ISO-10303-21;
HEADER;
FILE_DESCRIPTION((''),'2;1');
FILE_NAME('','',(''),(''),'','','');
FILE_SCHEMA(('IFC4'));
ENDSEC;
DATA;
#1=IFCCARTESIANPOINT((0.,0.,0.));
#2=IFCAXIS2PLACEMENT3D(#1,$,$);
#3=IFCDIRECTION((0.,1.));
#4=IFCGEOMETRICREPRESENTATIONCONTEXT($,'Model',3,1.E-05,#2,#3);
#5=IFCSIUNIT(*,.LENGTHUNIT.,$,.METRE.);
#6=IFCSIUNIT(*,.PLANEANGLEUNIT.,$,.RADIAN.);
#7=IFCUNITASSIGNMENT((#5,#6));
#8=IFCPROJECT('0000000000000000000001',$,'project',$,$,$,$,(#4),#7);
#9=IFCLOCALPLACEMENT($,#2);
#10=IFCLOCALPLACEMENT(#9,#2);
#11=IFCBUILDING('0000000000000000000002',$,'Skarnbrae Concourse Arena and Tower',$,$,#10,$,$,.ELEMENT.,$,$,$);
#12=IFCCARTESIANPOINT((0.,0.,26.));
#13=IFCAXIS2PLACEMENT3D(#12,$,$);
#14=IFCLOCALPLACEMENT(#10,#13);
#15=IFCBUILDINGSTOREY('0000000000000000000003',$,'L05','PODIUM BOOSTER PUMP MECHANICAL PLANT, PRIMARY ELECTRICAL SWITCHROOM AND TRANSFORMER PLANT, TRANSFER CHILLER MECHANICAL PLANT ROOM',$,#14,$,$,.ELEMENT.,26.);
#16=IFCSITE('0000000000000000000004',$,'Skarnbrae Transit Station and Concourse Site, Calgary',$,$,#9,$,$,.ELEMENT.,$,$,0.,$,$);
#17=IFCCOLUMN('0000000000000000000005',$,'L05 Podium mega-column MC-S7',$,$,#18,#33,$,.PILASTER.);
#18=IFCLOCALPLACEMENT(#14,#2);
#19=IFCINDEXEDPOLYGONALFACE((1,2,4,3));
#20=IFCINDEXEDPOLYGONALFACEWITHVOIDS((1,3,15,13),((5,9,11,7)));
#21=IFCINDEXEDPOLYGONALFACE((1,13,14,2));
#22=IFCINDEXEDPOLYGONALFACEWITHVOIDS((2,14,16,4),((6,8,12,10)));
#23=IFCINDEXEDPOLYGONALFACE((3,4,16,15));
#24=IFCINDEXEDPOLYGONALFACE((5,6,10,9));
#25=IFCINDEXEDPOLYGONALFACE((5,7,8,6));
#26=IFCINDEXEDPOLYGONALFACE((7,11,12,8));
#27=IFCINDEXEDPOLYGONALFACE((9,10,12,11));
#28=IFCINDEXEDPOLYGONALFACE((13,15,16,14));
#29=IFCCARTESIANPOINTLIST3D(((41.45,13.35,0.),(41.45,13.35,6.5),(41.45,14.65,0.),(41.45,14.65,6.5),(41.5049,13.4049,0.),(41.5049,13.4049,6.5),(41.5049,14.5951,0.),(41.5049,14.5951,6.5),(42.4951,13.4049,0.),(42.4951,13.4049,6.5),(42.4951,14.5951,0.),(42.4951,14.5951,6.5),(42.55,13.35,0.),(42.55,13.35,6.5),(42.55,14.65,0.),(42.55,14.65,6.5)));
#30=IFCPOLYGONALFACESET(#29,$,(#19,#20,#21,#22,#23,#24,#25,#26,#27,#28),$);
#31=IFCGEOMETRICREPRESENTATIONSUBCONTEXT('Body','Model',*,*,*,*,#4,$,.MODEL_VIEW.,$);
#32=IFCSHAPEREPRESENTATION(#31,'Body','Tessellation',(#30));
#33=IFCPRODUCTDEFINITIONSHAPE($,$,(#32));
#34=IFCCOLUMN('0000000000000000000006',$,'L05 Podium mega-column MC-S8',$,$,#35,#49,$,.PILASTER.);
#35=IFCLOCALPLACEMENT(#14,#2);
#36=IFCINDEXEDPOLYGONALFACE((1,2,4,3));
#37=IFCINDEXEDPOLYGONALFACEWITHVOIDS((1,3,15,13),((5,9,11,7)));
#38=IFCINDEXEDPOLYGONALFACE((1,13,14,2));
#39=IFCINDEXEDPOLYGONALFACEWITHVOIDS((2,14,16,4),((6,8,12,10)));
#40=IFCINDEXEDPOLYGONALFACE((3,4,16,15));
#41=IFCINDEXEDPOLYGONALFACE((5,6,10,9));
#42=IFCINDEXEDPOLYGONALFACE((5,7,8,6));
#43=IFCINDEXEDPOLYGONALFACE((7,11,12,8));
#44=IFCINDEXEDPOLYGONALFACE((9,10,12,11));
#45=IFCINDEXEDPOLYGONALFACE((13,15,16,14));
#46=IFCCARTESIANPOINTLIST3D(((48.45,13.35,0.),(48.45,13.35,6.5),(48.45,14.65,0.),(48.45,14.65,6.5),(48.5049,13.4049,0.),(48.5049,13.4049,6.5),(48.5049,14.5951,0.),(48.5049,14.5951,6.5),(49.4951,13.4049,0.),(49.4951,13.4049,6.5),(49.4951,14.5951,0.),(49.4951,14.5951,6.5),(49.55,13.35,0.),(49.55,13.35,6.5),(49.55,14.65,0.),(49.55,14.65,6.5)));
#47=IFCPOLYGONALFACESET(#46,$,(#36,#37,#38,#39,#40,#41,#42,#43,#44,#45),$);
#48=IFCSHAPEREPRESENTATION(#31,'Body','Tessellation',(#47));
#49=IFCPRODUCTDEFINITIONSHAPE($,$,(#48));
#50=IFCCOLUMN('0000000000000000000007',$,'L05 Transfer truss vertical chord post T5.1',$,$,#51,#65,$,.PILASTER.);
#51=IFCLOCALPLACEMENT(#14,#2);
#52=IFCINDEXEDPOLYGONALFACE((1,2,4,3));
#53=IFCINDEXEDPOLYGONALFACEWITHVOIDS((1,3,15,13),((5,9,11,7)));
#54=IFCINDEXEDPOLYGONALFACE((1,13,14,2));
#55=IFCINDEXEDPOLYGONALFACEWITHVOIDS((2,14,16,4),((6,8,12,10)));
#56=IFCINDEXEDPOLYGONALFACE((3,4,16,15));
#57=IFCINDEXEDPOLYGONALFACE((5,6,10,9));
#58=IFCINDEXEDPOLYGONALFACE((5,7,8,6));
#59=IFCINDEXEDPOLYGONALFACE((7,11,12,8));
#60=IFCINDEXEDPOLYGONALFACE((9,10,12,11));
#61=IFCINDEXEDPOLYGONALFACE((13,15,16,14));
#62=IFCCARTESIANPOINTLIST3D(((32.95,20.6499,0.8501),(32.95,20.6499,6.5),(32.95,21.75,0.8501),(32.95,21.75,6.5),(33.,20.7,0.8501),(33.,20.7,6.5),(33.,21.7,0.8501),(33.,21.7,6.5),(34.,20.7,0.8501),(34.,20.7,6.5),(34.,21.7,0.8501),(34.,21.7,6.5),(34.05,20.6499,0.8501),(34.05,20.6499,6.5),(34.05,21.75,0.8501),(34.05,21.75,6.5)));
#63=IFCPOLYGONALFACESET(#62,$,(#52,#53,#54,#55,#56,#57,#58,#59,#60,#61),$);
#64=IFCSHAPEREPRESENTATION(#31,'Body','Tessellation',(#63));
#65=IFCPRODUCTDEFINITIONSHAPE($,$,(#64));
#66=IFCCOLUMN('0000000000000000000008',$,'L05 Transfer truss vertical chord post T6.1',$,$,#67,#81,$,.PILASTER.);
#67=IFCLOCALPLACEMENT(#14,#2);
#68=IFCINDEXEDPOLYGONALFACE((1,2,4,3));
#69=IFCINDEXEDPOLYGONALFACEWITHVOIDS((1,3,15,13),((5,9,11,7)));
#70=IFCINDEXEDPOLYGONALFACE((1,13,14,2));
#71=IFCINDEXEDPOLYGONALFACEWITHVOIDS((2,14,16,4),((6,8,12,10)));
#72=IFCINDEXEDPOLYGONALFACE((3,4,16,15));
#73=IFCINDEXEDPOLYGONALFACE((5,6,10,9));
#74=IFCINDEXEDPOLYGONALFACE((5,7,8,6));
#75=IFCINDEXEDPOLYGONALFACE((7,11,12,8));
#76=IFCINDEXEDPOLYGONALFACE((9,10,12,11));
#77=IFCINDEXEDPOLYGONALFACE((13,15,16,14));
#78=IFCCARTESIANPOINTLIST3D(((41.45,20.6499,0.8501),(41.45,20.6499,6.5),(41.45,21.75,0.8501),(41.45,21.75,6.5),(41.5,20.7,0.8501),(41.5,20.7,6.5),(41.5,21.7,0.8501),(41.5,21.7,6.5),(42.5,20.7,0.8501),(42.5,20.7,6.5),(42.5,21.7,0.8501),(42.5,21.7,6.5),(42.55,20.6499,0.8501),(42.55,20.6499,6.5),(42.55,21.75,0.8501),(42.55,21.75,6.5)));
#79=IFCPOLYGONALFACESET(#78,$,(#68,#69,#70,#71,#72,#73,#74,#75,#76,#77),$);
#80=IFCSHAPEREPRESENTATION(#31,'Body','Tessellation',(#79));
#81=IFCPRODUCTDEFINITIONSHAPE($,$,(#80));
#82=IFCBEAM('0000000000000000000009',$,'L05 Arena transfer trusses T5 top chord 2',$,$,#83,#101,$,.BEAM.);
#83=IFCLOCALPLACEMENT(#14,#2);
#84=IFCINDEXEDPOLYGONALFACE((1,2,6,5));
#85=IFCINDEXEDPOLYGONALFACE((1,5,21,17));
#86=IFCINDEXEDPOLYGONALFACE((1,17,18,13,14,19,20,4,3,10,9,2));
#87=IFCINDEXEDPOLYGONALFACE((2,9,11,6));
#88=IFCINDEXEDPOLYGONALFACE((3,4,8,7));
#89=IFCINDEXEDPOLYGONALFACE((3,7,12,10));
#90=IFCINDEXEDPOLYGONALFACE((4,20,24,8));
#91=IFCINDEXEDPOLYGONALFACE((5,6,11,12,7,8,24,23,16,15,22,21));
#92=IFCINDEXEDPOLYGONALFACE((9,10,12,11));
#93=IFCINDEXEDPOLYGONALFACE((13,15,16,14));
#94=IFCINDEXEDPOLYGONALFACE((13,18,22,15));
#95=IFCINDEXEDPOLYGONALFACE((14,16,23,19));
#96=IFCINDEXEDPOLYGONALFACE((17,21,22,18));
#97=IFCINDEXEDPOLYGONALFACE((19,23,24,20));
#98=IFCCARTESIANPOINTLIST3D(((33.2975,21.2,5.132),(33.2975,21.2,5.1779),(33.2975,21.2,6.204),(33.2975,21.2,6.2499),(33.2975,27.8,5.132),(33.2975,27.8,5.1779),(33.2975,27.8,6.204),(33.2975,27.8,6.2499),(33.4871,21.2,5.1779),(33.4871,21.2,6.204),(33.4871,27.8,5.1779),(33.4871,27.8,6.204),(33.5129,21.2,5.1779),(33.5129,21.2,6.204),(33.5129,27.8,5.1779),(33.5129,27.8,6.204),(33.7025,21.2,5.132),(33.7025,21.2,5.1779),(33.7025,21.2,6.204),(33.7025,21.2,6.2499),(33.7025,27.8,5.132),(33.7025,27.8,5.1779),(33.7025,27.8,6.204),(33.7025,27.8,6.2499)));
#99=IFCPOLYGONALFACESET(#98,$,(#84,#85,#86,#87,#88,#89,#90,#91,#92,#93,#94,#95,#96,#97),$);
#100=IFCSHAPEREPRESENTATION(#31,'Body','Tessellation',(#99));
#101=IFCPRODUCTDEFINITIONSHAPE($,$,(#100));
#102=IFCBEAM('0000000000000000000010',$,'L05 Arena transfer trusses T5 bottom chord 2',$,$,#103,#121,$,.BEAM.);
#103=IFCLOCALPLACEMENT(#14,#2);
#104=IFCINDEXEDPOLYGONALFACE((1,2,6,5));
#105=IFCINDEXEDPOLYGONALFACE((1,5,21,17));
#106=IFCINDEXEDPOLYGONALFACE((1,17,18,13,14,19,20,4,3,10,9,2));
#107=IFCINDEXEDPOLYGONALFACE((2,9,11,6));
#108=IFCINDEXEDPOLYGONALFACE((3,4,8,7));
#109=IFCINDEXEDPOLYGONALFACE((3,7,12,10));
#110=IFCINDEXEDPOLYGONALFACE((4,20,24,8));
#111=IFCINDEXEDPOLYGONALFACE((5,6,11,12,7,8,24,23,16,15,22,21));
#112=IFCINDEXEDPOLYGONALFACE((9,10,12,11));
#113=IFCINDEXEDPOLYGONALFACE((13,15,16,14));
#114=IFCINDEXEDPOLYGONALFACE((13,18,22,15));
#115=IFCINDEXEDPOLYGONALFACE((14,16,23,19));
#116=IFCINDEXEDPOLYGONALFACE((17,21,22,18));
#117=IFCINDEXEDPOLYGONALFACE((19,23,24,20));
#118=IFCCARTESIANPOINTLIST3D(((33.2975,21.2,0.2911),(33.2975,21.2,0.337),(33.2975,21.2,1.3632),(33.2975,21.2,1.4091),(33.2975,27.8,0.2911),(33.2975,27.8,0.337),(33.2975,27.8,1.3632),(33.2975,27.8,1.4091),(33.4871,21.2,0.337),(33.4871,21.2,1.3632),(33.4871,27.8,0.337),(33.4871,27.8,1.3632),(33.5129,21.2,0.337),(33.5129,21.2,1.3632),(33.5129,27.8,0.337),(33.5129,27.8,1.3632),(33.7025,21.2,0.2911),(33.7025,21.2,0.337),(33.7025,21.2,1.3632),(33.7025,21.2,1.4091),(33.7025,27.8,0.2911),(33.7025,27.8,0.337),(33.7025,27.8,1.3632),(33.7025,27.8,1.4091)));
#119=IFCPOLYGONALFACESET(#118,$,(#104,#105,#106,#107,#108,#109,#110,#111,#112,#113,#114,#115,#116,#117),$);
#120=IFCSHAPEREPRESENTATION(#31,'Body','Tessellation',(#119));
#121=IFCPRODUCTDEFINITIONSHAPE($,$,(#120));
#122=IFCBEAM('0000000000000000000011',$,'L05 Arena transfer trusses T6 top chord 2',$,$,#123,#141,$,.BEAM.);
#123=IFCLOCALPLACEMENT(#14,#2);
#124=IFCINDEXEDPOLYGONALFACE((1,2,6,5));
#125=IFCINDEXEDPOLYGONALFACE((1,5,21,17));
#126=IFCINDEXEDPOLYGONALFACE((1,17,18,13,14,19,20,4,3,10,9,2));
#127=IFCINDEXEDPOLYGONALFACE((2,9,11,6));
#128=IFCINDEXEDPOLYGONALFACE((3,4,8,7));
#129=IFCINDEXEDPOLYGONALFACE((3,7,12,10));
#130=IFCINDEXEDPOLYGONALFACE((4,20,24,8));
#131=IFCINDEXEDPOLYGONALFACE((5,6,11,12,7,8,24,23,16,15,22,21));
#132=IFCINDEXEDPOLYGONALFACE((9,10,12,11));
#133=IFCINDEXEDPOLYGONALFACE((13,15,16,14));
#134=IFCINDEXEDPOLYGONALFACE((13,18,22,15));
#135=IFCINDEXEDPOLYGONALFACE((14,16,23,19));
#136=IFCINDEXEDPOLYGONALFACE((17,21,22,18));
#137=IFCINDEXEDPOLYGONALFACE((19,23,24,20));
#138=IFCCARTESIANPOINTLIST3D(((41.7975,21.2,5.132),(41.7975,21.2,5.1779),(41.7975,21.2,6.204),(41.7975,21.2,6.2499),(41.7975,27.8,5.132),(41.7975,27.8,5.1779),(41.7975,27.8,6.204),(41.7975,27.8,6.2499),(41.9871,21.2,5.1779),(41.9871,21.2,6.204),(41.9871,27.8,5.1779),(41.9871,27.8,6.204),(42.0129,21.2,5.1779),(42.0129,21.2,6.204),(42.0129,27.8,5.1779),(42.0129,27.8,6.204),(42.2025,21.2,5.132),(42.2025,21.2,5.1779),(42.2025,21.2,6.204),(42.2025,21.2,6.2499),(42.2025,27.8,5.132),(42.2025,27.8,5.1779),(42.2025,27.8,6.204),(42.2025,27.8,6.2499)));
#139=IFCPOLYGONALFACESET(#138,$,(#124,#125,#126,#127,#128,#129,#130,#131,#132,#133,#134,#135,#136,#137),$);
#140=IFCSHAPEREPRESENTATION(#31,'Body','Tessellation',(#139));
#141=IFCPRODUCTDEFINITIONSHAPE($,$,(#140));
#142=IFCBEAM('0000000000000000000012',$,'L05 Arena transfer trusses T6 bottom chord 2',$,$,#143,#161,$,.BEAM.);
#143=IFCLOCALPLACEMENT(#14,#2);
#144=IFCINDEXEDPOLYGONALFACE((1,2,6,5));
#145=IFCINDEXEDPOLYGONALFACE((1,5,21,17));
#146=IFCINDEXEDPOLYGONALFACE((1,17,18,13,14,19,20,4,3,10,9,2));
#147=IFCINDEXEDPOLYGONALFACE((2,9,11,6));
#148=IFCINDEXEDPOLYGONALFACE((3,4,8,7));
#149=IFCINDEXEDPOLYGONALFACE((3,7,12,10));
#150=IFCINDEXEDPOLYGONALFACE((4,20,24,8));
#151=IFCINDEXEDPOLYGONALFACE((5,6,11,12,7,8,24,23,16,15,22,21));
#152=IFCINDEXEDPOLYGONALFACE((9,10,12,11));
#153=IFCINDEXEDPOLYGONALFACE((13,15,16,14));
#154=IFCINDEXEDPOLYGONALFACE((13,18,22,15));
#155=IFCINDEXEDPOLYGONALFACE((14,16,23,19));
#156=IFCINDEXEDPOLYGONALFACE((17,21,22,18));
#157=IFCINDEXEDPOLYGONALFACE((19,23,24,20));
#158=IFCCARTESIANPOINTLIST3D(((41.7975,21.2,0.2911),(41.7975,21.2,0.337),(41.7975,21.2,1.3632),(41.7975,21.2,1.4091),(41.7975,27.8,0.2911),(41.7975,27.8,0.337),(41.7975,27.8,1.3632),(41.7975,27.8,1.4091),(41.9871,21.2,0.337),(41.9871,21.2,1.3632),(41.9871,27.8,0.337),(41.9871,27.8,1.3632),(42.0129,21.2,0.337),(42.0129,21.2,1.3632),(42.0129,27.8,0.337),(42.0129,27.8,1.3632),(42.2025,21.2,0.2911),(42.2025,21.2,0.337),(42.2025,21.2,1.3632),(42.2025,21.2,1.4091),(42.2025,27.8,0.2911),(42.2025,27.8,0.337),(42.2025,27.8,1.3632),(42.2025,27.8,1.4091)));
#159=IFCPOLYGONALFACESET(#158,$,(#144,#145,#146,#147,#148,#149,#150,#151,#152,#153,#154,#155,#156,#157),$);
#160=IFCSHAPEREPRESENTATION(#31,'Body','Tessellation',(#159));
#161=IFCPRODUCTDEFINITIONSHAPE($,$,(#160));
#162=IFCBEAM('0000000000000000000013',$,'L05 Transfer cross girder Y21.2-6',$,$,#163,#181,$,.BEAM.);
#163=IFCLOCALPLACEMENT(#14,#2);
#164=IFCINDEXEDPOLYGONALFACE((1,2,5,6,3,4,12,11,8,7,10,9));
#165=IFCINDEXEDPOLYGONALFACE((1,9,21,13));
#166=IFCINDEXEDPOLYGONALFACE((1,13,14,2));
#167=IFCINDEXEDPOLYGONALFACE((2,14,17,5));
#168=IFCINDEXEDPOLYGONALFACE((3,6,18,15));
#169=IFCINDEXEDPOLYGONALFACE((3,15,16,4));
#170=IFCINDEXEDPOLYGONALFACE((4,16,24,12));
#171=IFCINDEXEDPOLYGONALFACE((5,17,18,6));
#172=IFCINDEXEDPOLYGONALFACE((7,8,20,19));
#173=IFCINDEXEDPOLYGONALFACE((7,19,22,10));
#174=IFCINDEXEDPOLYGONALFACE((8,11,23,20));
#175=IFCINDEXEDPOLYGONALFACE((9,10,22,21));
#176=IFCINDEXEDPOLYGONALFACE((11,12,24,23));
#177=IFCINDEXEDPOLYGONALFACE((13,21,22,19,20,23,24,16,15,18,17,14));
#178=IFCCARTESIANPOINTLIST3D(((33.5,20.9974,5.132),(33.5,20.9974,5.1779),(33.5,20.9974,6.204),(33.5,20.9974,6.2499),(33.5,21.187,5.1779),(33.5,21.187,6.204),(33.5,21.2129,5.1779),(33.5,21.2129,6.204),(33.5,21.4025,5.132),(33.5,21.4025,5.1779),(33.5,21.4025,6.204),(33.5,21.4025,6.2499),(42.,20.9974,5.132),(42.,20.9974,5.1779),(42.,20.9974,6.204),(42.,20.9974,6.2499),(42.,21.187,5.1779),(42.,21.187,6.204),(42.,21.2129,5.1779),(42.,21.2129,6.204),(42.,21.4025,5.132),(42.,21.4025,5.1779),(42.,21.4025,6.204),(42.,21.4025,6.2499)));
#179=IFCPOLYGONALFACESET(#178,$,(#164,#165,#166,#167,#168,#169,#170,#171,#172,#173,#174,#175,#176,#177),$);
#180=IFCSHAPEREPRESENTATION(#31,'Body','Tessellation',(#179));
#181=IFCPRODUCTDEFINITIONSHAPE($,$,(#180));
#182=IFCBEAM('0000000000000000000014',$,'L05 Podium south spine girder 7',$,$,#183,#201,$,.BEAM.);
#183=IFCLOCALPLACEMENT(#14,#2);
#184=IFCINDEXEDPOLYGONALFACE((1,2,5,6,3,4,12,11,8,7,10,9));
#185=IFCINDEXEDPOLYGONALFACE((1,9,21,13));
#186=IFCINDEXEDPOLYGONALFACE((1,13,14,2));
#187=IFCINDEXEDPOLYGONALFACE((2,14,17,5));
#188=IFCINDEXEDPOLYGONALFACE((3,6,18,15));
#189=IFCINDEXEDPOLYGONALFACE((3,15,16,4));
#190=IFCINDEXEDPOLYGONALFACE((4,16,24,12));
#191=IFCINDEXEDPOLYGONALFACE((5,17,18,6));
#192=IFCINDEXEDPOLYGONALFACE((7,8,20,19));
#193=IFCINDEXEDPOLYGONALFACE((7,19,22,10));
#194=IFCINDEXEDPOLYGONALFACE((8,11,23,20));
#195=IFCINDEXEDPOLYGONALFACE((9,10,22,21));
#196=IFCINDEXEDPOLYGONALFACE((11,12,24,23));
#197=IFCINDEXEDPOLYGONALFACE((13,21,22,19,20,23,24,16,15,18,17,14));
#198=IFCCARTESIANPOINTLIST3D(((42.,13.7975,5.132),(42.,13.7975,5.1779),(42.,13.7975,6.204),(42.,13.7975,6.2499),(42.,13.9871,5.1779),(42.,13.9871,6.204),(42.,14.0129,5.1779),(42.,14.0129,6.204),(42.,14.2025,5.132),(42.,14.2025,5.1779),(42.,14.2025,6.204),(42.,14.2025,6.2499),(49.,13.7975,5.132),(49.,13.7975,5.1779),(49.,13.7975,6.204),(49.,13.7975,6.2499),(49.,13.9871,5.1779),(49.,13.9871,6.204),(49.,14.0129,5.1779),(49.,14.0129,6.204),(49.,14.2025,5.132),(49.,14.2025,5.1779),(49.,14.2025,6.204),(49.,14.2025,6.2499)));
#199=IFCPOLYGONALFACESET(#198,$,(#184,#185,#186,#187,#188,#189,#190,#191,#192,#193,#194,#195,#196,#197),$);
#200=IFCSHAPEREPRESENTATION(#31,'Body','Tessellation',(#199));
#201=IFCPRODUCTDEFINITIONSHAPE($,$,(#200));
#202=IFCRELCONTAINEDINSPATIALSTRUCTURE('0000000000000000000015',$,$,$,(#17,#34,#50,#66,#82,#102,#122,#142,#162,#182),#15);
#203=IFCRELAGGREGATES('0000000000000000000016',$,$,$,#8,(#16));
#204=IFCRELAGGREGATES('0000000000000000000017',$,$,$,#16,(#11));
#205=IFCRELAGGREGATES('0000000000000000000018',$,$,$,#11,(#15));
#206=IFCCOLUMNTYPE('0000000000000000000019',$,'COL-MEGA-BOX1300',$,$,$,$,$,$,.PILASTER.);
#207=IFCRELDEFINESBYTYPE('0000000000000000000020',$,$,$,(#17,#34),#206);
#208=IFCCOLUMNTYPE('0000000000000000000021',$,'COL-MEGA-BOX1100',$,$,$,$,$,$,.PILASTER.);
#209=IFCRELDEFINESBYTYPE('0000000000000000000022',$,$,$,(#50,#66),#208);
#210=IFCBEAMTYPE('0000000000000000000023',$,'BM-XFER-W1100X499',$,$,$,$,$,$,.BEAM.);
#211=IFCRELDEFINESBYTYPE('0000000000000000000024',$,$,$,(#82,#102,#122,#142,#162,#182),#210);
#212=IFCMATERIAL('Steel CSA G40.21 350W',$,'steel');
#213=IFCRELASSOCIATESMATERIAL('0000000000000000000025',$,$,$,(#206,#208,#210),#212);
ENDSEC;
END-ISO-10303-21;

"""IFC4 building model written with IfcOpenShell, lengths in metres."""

from ifc_helpers import new_model, si_unit, direction, frame, origin, origin_2d, place, context, subcontext, project, spatial, hollow_rectangle, i_section, extrude, source, transform, mapped, material, material_profile, profile_set, type_object, element, save


model = new_model("IFC4")

# Units and contexts
model_context = context("Model", 3, precision=1e-05, world=origin(), true_north=direction((0.0, 1.0)))
body_context = subcontext(model_context, "Body", "Model", "MODEL_VIEW")
ifc_project = project(units=[si_unit("LENGTHUNIT", "METRE"), si_unit("PLANEANGLEUNIT", "RADIAN")], contexts=[model_context])

# Site, building, storey
site_placement = place(None, origin())
site = spatial("IfcSite", under=ifc_project, at=site_placement, Name="Skarnbrae Transit Station and Concourse Site, Calgary", CompositionType="ELEMENT", RefElevation=0.0)
building_placement = place(site_placement, origin())
building = spatial("IfcBuilding", under=site, at=building_placement, Name="Skarnbrae Concourse Arena and Tower", CompositionType="ELEMENT")
storey_placement = place(building_placement, frame((0.0, 0.0, 26.0)))
storey = spatial("IfcBuildingStorey", under=building, at=storey_placement, Name="L05", Description="PODIUM BOOSTER PUMP MECHANICAL PLANT, PRIMARY ELECTRICAL SWITCHROOM AND TRANSFORMER PLANT, TRANSFER CHILLER MECHANICAL PLANT ROOM", CompositionType="ELEMENT", Elevation=26.0)

# Columns
ifc_material_1 = material(Name="Steel CSA G40.21 350W", Category="steel")
ifc_material_profile_1 = material_profile(ifc_material_1, hollow_rectangle(XDim=1.1001, YDim=1.3, WallThickness=0.0549, at=origin_2d()), Name="BOX1300X1100X55")
ifc_profile_set_1 = profile_set([ifc_material_profile_1], Name="Steel CSA G40.21 350W")
column_type_1 = type_object("IfcColumnType", Name="COL-MEGA-BOX1300", PredefinedType="PILASTER", material=ifc_profile_set_1)
shared_shape_1 = source(origin(), body_context, "Body", "SweptSolid", [
    extrude(hollow_rectangle(XDim=1.1001, YDim=1.3, WallThickness=0.0549, at=origin_2d()), origin(), (0.0, 0.0, 1.0), 6.5),
])
for number, where, z_axis, x_axis, name in (
    (1, (42.0, 14.0, 0.0), (0.0, 0.0, 1.0), (1.0, 0.0, 0.0), "L05 Podium mega-column MC-S7"),
    (2, (49.0, 14.0, 0.0), (0.0, 0.0, 1.0), (1.0, 0.0, 0.0), "L05 Podium mega-column MC-S8"),
):
    element("IfcColumn", number, at=place(storey_placement, frame(where, z_axis=z_axis, x_axis=x_axis)), inside=storey, type_object=column_type_1, Name=name, PredefinedType="PILASTER", context=body_context, shape_type="MappedRepresentation", body=[
        mapped(shared_shape_1, transform((0.0, 0.0, 0.0))),
    ])
ifc_material_profile_2 = material_profile(ifc_material_1, hollow_rectangle(XDim=1.1001, YDim=1.1001, WallThickness=0.05, at=origin_2d()), Name="BOX1100X1100X50")
ifc_profile_set_2 = profile_set([ifc_material_profile_2], Name="Steel CSA G40.21 350W")
column_type_2 = type_object("IfcColumnType", Name="COL-MEGA-BOX1100", PredefinedType="PILASTER", material=ifc_profile_set_2)
shared_shape_2 = source(origin(), body_context, "Body", "SweptSolid", [
    extrude(hollow_rectangle(XDim=1.1001, YDim=1.1001, WallThickness=0.05, at=origin_2d()), origin(), (0.0, 0.0, 1.0), 5.6499),
])
for number, where, z_axis, x_axis, name in (
    (3, (33.5, 21.2, 0.8501), (0.0, 0.0, 1.0), (1.0, 0.0, 0.0), "L05 Transfer truss vertical chord post T5.1"),
    (4, (42.0, 21.2, 0.8501), (0.0, 0.0, 1.0), (1.0, 0.0, 0.0), "L05 Transfer truss vertical chord post T6.1"),
):
    element("IfcColumn", number, at=place(storey_placement, frame(where, z_axis=z_axis, x_axis=x_axis)), inside=storey, type_object=column_type_2, Name=name, PredefinedType="PILASTER", context=body_context, shape_type="MappedRepresentation", body=[
        mapped(shared_shape_2, transform((0.0, 0.0, 0.0))),
    ])

# Beams
ifc_material_profile_3 = material_profile(ifc_material_1, i_section(OverallWidth=0.405, OverallDepth=1.1179, WebThickness=0.0259, FlangeThickness=0.0459, at=origin_2d()), Name="W1100X499")
ifc_profile_set_3 = profile_set([ifc_material_profile_3], Name="Steel CSA G40.21 350W")
beam_type = type_object("IfcBeamType", Name="BM-XFER-W1100X499", PredefinedType="BEAM", material=ifc_profile_set_3)
shared_shape_3 = source(origin(), body_context, "Body", "SweptSolid", [
    extrude(i_section(OverallWidth=0.405, OverallDepth=1.1179, WebThickness=0.0259, FlangeThickness=0.0459, at=origin_2d()), origin(), (0.0, 0.0, 1.0), 6.6001),
])
for number, where, z_axis, x_axis, name in (
    (5, (33.5, 21.2, 5.6909), (0.0, 1.0, 0.0), (-1.0, 0.0, 0.0), "L05 Arena transfer trusses T5 top chord 2"),
    (6, (33.5, 21.2, 0.8501), (0.0, 1.0, 0.0), (-1.0, 0.0, 0.0), "L05 Arena transfer trusses T5 bottom chord 2"),
    (7, (42.0, 21.2, 5.6909), (0.0, 1.0, 0.0), (-1.0, 0.0, 0.0), "L05 Arena transfer trusses T6 top chord 2"),
    (8, (42.0, 21.2, 0.8501), (0.0, 1.0, 0.0), (-1.0, 0.0, 0.0), "L05 Arena transfer trusses T6 bottom chord 2"),
):
    element("IfcBeam", number, at=place(storey_placement, frame(where, z_axis=z_axis, x_axis=x_axis)), inside=storey, type_object=beam_type, Name=name, PredefinedType="BEAM", context=body_context, shape_type="MappedRepresentation", body=[
        mapped(shared_shape_3, transform((0.0, 0.0, 0.0))),
    ])
shared_shape_4 = source(origin(), body_context, "Body", "SweptSolid", [
    extrude(i_section(OverallWidth=0.405, OverallDepth=1.1179, WebThickness=0.0259, FlangeThickness=0.0459, at=origin_2d()), origin(), (0.0, 0.0, 1.0), 8.5),
])
beam_1_placement = place(storey_placement, frame((33.5, 21.2, 5.6909), z_axis=(1.0, 0.0, 0.0), x_axis=(0.0, 1.0, 0.0)))
element("IfcBeam", 9, at=beam_1_placement, inside=storey, type_object=beam_type, Name="L05 Transfer cross girder Y21.2-6", PredefinedType="BEAM", context=body_context, shape_type="MappedRepresentation", body=[
    mapped(shared_shape_4, transform((0.0, 0.0, 0.0))),
])
shared_shape_5 = source(origin(), body_context, "Body", "SweptSolid", [
    extrude(i_section(OverallWidth=0.405, OverallDepth=1.1179, WebThickness=0.0259, FlangeThickness=0.0459, at=origin_2d()), origin(), (0.0, 0.0, 1.0), 7.0),
])
for number, where, z_axis, x_axis, name in (
    (10, (42.0, 14.0, 5.6909), (1.0, 0.0, 0.0), (0.0, 1.0, 0.0), "L05 Podium south spine girder 7"),
):
    element("IfcBeam", number, at=place(storey_placement, frame(where, z_axis=z_axis, x_axis=x_axis)), inside=storey, type_object=beam_type, Name=name, PredefinedType="BEAM", context=body_context, shape_type="MappedRepresentation", body=[
        mapped(shared_shape_5, transform((0.0, 0.0, 0.0))),
    ])

save(model, "model.ifc")
